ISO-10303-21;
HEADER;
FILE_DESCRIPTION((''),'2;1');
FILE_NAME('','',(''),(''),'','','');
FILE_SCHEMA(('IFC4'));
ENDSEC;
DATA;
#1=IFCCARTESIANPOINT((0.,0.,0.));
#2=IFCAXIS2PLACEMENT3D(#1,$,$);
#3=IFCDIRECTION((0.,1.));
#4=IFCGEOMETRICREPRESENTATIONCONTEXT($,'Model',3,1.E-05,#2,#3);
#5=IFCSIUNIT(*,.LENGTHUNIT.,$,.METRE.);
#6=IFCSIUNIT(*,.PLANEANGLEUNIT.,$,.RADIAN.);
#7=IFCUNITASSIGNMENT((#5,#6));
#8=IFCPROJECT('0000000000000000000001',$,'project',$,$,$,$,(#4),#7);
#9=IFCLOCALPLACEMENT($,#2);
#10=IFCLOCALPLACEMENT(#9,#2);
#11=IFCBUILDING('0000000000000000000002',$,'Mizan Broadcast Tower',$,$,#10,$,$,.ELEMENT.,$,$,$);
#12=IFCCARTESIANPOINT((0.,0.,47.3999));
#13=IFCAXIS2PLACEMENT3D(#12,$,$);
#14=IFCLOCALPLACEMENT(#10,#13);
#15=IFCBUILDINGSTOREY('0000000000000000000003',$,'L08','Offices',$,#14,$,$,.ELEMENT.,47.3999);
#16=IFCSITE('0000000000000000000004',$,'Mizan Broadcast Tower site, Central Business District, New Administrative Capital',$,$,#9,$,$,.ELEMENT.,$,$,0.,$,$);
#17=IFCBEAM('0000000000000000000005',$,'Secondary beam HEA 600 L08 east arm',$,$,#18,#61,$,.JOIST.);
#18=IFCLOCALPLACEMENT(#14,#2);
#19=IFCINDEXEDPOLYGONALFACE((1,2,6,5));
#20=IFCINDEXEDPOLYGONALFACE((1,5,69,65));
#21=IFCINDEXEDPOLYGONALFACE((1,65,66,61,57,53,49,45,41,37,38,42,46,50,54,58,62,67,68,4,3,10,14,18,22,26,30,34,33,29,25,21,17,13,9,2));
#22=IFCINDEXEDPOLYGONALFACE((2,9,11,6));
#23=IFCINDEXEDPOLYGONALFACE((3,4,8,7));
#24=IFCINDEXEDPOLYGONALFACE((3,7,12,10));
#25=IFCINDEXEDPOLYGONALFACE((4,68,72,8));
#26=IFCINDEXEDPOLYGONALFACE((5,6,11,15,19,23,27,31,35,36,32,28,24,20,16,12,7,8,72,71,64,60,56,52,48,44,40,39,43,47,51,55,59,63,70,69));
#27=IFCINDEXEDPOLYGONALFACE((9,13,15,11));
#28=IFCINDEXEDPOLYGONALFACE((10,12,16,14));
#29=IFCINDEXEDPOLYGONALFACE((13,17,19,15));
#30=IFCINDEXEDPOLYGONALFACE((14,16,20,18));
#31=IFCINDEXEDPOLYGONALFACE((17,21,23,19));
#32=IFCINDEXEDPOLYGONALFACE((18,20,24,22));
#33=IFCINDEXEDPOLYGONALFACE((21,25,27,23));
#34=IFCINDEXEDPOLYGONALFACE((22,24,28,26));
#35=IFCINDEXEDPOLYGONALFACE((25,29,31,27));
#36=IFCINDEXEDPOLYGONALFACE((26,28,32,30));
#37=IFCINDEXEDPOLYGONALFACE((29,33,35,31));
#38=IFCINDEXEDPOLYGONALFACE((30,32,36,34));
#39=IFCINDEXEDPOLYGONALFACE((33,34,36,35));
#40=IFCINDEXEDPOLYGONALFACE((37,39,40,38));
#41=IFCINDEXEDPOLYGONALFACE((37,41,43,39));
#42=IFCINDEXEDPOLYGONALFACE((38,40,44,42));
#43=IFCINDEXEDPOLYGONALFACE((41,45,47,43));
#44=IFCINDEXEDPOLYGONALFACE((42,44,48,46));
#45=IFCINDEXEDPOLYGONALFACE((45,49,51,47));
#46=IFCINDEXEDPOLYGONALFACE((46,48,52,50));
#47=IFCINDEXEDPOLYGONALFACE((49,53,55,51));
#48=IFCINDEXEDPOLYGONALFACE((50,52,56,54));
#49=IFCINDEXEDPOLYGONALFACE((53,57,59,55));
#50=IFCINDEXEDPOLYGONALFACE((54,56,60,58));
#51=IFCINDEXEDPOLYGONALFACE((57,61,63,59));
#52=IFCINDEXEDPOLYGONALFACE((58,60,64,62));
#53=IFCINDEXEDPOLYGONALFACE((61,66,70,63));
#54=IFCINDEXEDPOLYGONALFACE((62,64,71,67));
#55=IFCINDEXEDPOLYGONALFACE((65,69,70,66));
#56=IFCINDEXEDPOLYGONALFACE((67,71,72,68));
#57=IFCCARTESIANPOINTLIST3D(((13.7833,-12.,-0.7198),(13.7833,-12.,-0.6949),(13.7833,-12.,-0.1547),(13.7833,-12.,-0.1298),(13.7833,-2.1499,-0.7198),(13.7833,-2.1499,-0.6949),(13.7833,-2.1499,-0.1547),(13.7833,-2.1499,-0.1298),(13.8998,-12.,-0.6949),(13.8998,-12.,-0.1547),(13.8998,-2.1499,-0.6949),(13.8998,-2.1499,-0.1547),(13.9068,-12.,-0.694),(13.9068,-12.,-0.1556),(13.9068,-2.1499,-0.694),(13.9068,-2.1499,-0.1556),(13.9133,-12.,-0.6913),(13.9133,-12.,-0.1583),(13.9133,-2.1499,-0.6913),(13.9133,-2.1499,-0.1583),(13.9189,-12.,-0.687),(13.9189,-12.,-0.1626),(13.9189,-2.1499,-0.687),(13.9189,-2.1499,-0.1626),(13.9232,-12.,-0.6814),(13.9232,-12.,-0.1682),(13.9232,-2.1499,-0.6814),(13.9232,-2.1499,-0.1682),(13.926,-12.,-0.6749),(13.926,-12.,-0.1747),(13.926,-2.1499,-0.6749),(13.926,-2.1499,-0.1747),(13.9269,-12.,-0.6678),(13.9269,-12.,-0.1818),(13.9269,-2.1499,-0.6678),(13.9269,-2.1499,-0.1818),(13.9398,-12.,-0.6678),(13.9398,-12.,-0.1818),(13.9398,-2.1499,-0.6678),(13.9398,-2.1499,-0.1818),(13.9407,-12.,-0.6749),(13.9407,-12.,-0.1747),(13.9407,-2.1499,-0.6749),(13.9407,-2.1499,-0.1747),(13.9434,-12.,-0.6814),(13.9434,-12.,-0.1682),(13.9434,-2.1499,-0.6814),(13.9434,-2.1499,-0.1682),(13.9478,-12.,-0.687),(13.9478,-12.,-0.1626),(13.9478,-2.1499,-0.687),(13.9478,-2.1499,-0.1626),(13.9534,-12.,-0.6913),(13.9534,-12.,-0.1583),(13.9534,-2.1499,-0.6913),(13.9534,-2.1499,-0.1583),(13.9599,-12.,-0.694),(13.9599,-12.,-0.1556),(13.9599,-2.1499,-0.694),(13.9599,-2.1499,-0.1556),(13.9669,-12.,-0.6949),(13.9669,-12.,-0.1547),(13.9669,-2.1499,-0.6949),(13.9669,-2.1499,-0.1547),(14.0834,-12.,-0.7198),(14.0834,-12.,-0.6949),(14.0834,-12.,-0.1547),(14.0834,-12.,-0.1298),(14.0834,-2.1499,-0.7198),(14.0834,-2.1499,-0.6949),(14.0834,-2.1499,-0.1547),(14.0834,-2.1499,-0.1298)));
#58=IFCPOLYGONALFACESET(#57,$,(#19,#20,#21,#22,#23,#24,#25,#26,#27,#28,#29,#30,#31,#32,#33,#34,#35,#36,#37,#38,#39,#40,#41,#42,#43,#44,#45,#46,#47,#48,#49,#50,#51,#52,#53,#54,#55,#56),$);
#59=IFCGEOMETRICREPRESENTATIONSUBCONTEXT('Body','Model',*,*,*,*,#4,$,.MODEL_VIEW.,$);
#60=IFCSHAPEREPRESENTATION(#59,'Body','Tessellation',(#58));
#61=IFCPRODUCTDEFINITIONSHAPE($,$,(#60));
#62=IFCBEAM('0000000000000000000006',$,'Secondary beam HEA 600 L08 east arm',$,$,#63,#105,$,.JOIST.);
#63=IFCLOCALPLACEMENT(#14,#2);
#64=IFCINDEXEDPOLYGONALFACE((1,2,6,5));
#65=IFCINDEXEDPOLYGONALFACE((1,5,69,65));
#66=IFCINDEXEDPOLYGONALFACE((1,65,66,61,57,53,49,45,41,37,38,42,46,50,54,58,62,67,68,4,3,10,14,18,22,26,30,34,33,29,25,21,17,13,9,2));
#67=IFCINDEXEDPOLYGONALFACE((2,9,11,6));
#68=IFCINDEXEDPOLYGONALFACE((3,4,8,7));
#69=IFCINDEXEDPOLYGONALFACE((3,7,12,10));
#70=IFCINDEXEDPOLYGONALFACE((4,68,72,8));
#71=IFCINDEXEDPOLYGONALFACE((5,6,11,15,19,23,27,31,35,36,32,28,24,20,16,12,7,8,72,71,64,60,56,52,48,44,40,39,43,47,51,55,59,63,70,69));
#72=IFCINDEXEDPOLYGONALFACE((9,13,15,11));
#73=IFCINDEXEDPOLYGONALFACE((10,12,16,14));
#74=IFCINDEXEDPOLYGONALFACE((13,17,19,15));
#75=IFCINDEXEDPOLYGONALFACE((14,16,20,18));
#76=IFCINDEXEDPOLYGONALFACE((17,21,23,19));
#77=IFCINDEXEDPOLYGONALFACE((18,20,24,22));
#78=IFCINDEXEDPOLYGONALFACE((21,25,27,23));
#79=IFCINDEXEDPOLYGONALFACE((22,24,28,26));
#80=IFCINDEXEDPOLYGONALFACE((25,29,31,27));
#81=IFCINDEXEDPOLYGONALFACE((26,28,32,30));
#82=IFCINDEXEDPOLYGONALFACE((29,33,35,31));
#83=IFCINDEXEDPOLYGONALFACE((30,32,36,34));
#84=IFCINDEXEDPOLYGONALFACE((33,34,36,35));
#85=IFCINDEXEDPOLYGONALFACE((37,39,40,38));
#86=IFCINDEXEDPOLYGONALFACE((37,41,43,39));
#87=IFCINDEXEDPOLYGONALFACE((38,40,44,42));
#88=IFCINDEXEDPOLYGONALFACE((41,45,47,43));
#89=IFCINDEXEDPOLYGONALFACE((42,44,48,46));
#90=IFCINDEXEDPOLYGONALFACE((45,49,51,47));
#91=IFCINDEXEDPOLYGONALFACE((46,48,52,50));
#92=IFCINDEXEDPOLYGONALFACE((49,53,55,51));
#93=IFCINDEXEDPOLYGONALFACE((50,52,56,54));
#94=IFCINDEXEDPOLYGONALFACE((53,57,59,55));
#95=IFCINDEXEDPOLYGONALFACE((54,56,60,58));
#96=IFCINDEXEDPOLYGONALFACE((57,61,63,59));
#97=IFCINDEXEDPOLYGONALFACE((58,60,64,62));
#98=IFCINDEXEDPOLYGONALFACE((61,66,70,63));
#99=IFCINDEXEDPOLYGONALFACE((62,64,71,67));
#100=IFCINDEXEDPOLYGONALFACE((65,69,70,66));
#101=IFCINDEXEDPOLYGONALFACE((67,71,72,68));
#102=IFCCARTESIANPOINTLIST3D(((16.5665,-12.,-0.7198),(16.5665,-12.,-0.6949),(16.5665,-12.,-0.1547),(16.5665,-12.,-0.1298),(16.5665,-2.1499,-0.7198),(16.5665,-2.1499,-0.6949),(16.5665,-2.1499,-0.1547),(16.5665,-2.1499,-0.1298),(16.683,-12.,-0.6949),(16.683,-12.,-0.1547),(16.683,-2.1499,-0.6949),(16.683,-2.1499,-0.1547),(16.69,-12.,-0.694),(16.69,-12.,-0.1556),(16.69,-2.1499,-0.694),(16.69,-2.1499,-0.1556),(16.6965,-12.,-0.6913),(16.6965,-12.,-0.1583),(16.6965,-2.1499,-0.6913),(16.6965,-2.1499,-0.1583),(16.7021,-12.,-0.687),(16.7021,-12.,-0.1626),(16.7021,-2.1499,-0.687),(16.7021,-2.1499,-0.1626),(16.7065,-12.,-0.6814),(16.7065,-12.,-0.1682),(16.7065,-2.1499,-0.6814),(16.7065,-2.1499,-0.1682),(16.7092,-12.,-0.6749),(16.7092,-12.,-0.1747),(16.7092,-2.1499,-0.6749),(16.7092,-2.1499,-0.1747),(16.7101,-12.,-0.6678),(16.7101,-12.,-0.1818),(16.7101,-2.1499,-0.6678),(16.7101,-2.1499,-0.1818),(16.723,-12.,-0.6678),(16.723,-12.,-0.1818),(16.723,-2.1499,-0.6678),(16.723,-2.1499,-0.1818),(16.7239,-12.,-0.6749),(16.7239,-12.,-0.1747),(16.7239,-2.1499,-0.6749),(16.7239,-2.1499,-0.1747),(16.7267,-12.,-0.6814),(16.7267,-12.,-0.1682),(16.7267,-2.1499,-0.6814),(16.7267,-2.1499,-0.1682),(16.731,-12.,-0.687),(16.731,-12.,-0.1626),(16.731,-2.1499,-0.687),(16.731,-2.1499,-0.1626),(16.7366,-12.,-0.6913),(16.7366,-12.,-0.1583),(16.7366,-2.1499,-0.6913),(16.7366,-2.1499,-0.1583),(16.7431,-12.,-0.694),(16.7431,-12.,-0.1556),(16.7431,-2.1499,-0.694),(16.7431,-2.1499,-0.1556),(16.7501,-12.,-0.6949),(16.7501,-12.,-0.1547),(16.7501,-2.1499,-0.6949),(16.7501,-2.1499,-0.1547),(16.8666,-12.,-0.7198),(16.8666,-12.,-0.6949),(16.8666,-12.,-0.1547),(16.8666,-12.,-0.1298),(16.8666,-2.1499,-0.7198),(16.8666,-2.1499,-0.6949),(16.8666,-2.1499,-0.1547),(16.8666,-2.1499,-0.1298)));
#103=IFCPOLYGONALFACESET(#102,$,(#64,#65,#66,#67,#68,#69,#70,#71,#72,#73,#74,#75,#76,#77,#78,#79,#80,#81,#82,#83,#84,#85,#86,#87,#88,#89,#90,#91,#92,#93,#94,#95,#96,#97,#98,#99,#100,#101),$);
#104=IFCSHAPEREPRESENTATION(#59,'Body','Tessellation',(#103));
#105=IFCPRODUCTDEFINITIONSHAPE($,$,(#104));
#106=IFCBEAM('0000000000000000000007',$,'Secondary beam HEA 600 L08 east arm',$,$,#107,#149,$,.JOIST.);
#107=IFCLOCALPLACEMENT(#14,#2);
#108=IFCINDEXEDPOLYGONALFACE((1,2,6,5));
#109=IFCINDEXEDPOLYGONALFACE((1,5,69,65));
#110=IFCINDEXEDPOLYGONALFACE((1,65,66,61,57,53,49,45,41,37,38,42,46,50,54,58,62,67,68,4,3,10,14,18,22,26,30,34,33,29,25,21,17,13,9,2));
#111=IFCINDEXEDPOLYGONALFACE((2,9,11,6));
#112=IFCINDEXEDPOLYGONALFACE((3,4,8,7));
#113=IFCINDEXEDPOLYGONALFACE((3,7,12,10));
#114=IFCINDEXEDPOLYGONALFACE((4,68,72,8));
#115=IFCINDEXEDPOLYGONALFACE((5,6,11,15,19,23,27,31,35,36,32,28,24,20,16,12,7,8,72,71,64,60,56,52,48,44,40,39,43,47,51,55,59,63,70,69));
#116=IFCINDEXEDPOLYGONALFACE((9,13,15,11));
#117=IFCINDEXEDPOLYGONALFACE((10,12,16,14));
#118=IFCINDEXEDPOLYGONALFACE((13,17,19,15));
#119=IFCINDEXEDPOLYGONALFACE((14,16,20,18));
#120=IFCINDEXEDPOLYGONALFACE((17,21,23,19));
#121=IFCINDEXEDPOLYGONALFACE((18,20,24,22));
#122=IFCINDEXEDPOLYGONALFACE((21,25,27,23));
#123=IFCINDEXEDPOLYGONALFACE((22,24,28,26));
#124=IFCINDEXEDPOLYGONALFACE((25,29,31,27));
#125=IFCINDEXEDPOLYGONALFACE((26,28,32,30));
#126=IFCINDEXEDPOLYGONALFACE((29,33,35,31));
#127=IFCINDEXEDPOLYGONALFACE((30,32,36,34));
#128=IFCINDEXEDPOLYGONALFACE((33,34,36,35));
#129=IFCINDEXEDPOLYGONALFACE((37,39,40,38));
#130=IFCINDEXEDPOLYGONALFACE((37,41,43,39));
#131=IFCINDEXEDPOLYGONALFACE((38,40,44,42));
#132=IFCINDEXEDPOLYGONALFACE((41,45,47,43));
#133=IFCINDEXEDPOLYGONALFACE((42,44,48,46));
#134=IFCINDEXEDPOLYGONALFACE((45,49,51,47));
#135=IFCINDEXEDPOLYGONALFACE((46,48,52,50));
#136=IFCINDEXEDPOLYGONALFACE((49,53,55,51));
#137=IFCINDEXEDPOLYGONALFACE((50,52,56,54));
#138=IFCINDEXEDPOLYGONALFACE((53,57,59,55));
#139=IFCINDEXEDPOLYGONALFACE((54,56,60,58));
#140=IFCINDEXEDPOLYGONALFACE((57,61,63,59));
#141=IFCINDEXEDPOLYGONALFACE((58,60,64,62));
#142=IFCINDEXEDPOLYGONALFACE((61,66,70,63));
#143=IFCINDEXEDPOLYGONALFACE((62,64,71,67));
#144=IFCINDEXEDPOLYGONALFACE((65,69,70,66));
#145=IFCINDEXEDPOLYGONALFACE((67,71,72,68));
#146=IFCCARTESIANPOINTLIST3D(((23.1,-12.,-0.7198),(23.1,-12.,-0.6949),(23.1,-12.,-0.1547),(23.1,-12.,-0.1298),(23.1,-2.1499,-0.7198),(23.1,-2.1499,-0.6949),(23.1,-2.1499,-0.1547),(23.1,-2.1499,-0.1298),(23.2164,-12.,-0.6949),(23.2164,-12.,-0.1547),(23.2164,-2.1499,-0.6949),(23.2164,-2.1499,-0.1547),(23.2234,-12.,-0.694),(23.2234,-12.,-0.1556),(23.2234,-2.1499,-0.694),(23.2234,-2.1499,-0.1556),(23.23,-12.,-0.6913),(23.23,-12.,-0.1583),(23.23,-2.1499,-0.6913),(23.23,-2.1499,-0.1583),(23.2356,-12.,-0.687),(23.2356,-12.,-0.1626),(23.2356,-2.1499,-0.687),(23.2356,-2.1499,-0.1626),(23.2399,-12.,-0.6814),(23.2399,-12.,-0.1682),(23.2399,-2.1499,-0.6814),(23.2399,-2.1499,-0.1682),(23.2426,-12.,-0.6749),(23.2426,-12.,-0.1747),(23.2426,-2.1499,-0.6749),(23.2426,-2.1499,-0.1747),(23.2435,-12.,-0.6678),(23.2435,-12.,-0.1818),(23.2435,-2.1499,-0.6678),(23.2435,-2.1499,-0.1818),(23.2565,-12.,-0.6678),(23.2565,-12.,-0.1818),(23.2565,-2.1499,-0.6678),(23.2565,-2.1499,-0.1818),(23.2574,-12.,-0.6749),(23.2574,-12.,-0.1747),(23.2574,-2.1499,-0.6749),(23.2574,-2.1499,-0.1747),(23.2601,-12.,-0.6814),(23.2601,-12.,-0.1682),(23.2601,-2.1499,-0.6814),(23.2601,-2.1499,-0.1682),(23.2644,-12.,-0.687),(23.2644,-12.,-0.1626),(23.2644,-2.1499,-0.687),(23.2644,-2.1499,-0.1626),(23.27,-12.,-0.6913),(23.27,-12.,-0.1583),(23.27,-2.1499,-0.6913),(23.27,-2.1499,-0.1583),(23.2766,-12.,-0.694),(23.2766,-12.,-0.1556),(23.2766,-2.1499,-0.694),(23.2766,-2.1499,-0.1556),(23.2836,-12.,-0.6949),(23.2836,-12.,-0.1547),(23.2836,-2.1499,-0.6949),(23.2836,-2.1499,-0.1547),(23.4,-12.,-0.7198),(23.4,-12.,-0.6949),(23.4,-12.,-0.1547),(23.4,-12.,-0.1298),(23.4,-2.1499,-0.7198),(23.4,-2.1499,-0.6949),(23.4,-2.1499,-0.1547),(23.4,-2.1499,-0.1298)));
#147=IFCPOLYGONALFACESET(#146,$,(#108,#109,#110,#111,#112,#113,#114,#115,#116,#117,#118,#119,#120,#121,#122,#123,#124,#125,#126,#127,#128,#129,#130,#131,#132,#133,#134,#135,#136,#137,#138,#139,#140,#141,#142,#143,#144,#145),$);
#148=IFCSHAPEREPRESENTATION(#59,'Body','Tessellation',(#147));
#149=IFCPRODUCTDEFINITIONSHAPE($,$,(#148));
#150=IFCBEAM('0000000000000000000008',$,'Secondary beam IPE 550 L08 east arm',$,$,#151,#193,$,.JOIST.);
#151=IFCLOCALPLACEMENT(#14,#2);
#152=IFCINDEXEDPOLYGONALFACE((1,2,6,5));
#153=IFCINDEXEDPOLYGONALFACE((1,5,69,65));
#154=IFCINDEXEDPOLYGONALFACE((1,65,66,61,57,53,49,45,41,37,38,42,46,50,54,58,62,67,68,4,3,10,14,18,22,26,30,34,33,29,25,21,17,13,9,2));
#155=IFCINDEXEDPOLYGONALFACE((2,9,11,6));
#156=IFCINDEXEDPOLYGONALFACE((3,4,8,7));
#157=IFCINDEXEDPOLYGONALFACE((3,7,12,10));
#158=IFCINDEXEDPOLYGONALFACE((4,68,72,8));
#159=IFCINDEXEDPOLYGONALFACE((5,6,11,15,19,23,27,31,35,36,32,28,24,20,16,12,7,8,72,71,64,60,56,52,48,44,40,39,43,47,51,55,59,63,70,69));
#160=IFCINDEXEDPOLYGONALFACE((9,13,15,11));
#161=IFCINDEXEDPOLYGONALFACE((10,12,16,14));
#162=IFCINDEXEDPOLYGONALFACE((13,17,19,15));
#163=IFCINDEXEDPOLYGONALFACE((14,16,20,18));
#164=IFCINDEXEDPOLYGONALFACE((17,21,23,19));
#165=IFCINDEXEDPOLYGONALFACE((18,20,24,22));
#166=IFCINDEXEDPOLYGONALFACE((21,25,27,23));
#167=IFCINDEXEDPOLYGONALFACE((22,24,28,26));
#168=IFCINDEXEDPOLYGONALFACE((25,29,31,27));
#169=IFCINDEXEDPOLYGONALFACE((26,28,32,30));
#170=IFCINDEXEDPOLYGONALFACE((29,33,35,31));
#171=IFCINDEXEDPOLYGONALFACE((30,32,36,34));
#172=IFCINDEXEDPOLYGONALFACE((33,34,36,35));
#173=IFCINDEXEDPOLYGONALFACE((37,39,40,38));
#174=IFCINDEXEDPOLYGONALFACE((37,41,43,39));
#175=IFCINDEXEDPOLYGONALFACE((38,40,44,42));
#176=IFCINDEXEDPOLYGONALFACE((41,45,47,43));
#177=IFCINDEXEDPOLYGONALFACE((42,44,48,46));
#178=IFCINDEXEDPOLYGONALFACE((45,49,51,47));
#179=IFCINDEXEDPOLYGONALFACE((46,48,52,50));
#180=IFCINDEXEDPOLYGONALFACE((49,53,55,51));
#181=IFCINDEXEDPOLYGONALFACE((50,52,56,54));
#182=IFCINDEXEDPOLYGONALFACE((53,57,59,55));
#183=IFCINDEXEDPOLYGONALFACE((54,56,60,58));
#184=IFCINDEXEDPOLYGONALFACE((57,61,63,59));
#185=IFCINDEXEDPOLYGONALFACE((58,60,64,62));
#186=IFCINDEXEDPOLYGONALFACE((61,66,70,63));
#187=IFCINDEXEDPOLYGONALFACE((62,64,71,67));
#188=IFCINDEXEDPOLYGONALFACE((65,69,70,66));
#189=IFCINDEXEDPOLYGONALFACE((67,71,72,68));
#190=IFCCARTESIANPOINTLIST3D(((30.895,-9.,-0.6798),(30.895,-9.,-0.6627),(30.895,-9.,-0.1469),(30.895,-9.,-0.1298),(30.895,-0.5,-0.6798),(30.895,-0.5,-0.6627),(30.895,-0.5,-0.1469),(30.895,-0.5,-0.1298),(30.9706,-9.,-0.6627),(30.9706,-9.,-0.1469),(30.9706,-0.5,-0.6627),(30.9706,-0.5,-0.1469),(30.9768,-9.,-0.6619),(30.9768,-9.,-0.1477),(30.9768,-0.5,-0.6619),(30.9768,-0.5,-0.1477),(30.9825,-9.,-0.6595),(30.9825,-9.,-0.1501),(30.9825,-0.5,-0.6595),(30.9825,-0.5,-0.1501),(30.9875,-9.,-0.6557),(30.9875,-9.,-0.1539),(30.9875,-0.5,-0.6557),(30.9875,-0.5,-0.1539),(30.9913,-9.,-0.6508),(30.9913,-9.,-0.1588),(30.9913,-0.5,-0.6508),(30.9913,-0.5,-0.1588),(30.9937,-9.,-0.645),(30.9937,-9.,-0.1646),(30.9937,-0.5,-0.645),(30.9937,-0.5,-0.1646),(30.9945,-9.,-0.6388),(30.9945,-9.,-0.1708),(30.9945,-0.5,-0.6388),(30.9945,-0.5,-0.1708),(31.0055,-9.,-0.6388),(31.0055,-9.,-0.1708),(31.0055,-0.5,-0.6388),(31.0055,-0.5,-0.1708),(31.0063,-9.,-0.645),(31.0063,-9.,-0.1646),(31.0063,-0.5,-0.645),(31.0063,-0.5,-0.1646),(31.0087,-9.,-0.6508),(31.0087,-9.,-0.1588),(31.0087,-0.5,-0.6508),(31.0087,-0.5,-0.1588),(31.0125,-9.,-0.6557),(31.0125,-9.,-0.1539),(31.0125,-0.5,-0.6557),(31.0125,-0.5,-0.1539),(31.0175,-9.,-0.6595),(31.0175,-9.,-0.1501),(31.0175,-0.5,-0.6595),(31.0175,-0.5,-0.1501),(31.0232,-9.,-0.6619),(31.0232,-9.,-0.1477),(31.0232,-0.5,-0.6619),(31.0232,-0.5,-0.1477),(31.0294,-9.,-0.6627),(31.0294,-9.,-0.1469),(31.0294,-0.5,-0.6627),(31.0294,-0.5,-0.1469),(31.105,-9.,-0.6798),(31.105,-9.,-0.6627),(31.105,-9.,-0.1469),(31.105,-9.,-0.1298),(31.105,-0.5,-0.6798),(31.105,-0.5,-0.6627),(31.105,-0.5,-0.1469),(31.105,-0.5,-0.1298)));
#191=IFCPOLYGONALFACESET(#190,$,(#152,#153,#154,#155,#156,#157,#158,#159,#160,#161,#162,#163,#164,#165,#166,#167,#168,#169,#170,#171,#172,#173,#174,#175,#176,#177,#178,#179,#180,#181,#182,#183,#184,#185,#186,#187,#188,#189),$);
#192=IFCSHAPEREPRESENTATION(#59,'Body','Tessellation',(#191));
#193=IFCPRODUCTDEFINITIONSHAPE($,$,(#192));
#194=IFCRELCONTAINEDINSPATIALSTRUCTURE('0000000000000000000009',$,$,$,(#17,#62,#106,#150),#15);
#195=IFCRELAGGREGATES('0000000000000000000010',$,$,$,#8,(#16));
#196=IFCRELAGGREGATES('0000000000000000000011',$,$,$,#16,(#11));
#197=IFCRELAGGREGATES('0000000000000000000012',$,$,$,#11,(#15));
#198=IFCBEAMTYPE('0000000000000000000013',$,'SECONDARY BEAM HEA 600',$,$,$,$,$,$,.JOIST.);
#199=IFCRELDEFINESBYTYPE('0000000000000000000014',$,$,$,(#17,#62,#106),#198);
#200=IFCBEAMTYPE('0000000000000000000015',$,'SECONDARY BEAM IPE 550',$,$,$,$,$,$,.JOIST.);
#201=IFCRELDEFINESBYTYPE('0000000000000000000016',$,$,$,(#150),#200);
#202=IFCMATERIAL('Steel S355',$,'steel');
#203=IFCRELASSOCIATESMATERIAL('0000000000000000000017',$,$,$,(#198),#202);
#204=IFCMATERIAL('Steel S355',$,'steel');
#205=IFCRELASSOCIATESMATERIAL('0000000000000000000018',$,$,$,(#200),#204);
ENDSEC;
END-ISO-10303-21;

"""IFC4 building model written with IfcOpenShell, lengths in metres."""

from ifc_helpers import new_model, si_unit, direction, frame, origin, origin_2d, place, context, subcontext, project, spatial, i_section, extrude, material, material_profile, profile_set, type_object, element, save


model = new_model("IFC4")

# Units and contexts
model_context = context("Model", 3, precision=1e-05, world=origin(), true_north=direction((0.0, 1.0)))
body_context = subcontext(model_context, "Body", "Model", "MODEL_VIEW")
ifc_project = project(units=[si_unit("LENGTHUNIT", "METRE"), si_unit("PLANEANGLEUNIT", "RADIAN")], contexts=[model_context])

# Site, building, storey
site_placement = place(None, origin())
site = spatial("IfcSite", under=ifc_project, at=site_placement, Name="Mizan Broadcast Tower site, Central Business District, New Administrative Capital", CompositionType="ELEMENT", RefElevation=0.0)
building_placement = place(site_placement, origin())
building = spatial("IfcBuilding", under=site, at=building_placement, Name="Mizan Broadcast Tower", CompositionType="ELEMENT")
storey_placement = place(building_placement, frame((0.0, 0.0, 47.3999)))
storey = spatial("IfcBuildingStorey", under=building, at=storey_placement, Name="L08", Description="Offices", CompositionType="ELEMENT", Elevation=47.3999)

# Beams
ifc_material_1 = material(Name="Steel S355", Category="steel")
ifc_material_profile_1 = material_profile(ifc_material_1, i_section(OverallWidth=0.3, OverallDepth=0.5901, WebThickness=0.0129, FlangeThickness=0.0249, FilletRadius=0.0271, at=origin_2d()), Name="HEA 600")
ifc_profile_set_1 = profile_set([ifc_material_profile_1], Name="Steel S355")
beam_type_1 = type_object("IfcBeamType", Name="SECONDARY BEAM HEA 600", PredefinedType="JOIST", material=ifc_profile_set_1)
for number, where, z_axis, x_axis, name in (
    (1, (13.9333, -12.0, -0.4248), (0.0, 1.0, 0.0), (-1.0, 0.0, 0.0), "Secondary beam HEA 600 L08 east arm"),
    (2, (16.7166, -12.0, -0.4248), (0.0, 1.0, 0.0), (-1.0, 0.0, 0.0), "Secondary beam HEA 600 L08 east arm"),
    (3, (23.25, -12.0, -0.4248), (0.0, 1.0, 0.0), (-1.0, 0.0, 0.0), "Secondary beam HEA 600 L08 east arm"),
):
    element("IfcBeam", number, at=place(storey_placement, frame(where, z_axis=z_axis, x_axis=x_axis)), inside=storey, type_object=beam_type_1, Name=name, PredefinedType="JOIST", context=body_context, shape_type="SweptSolid", body=[
        extrude(i_section(OverallWidth=0.3, OverallDepth=0.5901, WebThickness=0.0129, FlangeThickness=0.0249, FilletRadius=0.0271, at=origin_2d()), origin(), (0.0, 0.0, 1.0), 9.8501),
    ])
ifc_material_2 = material(Name="Steel S355", Category="steel")
ifc_material_profile_2 = material_profile(ifc_material_2, i_section(OverallWidth=0.21, OverallDepth=0.55, WebThickness=0.011, FlangeThickness=0.0171, FilletRadius=0.0239, at=origin_2d()), Name="IPE 550")
ifc_profile_set_2 = profile_set([ifc_material_profile_2], Name="Steel S355")
beam_type_2 = type_object("IfcBeamType", Name="SECONDARY BEAM IPE 550", PredefinedType="JOIST", material=ifc_profile_set_2)
beam_1_placement = place(storey_placement, frame((31.0, -9.0, -0.4048), z_axis=(0.0, 1.0, 0.0), x_axis=(-1.0, 0.0, 0.0)))
element("IfcBeam", 4, at=beam_1_placement, inside=storey, type_object=beam_type_2, Name="Secondary beam IPE 550 L08 east arm", PredefinedType="JOIST", context=body_context, shape_type="SweptSolid", body=[
    extrude(i_section(OverallWidth=0.21, OverallDepth=0.55, WebThickness=0.011, FlangeThickness=0.0171, FilletRadius=0.0239, at=origin_2d()), origin(), (0.0, 0.0, 1.0), 8.5),
])

save(model, "model.ifc")
